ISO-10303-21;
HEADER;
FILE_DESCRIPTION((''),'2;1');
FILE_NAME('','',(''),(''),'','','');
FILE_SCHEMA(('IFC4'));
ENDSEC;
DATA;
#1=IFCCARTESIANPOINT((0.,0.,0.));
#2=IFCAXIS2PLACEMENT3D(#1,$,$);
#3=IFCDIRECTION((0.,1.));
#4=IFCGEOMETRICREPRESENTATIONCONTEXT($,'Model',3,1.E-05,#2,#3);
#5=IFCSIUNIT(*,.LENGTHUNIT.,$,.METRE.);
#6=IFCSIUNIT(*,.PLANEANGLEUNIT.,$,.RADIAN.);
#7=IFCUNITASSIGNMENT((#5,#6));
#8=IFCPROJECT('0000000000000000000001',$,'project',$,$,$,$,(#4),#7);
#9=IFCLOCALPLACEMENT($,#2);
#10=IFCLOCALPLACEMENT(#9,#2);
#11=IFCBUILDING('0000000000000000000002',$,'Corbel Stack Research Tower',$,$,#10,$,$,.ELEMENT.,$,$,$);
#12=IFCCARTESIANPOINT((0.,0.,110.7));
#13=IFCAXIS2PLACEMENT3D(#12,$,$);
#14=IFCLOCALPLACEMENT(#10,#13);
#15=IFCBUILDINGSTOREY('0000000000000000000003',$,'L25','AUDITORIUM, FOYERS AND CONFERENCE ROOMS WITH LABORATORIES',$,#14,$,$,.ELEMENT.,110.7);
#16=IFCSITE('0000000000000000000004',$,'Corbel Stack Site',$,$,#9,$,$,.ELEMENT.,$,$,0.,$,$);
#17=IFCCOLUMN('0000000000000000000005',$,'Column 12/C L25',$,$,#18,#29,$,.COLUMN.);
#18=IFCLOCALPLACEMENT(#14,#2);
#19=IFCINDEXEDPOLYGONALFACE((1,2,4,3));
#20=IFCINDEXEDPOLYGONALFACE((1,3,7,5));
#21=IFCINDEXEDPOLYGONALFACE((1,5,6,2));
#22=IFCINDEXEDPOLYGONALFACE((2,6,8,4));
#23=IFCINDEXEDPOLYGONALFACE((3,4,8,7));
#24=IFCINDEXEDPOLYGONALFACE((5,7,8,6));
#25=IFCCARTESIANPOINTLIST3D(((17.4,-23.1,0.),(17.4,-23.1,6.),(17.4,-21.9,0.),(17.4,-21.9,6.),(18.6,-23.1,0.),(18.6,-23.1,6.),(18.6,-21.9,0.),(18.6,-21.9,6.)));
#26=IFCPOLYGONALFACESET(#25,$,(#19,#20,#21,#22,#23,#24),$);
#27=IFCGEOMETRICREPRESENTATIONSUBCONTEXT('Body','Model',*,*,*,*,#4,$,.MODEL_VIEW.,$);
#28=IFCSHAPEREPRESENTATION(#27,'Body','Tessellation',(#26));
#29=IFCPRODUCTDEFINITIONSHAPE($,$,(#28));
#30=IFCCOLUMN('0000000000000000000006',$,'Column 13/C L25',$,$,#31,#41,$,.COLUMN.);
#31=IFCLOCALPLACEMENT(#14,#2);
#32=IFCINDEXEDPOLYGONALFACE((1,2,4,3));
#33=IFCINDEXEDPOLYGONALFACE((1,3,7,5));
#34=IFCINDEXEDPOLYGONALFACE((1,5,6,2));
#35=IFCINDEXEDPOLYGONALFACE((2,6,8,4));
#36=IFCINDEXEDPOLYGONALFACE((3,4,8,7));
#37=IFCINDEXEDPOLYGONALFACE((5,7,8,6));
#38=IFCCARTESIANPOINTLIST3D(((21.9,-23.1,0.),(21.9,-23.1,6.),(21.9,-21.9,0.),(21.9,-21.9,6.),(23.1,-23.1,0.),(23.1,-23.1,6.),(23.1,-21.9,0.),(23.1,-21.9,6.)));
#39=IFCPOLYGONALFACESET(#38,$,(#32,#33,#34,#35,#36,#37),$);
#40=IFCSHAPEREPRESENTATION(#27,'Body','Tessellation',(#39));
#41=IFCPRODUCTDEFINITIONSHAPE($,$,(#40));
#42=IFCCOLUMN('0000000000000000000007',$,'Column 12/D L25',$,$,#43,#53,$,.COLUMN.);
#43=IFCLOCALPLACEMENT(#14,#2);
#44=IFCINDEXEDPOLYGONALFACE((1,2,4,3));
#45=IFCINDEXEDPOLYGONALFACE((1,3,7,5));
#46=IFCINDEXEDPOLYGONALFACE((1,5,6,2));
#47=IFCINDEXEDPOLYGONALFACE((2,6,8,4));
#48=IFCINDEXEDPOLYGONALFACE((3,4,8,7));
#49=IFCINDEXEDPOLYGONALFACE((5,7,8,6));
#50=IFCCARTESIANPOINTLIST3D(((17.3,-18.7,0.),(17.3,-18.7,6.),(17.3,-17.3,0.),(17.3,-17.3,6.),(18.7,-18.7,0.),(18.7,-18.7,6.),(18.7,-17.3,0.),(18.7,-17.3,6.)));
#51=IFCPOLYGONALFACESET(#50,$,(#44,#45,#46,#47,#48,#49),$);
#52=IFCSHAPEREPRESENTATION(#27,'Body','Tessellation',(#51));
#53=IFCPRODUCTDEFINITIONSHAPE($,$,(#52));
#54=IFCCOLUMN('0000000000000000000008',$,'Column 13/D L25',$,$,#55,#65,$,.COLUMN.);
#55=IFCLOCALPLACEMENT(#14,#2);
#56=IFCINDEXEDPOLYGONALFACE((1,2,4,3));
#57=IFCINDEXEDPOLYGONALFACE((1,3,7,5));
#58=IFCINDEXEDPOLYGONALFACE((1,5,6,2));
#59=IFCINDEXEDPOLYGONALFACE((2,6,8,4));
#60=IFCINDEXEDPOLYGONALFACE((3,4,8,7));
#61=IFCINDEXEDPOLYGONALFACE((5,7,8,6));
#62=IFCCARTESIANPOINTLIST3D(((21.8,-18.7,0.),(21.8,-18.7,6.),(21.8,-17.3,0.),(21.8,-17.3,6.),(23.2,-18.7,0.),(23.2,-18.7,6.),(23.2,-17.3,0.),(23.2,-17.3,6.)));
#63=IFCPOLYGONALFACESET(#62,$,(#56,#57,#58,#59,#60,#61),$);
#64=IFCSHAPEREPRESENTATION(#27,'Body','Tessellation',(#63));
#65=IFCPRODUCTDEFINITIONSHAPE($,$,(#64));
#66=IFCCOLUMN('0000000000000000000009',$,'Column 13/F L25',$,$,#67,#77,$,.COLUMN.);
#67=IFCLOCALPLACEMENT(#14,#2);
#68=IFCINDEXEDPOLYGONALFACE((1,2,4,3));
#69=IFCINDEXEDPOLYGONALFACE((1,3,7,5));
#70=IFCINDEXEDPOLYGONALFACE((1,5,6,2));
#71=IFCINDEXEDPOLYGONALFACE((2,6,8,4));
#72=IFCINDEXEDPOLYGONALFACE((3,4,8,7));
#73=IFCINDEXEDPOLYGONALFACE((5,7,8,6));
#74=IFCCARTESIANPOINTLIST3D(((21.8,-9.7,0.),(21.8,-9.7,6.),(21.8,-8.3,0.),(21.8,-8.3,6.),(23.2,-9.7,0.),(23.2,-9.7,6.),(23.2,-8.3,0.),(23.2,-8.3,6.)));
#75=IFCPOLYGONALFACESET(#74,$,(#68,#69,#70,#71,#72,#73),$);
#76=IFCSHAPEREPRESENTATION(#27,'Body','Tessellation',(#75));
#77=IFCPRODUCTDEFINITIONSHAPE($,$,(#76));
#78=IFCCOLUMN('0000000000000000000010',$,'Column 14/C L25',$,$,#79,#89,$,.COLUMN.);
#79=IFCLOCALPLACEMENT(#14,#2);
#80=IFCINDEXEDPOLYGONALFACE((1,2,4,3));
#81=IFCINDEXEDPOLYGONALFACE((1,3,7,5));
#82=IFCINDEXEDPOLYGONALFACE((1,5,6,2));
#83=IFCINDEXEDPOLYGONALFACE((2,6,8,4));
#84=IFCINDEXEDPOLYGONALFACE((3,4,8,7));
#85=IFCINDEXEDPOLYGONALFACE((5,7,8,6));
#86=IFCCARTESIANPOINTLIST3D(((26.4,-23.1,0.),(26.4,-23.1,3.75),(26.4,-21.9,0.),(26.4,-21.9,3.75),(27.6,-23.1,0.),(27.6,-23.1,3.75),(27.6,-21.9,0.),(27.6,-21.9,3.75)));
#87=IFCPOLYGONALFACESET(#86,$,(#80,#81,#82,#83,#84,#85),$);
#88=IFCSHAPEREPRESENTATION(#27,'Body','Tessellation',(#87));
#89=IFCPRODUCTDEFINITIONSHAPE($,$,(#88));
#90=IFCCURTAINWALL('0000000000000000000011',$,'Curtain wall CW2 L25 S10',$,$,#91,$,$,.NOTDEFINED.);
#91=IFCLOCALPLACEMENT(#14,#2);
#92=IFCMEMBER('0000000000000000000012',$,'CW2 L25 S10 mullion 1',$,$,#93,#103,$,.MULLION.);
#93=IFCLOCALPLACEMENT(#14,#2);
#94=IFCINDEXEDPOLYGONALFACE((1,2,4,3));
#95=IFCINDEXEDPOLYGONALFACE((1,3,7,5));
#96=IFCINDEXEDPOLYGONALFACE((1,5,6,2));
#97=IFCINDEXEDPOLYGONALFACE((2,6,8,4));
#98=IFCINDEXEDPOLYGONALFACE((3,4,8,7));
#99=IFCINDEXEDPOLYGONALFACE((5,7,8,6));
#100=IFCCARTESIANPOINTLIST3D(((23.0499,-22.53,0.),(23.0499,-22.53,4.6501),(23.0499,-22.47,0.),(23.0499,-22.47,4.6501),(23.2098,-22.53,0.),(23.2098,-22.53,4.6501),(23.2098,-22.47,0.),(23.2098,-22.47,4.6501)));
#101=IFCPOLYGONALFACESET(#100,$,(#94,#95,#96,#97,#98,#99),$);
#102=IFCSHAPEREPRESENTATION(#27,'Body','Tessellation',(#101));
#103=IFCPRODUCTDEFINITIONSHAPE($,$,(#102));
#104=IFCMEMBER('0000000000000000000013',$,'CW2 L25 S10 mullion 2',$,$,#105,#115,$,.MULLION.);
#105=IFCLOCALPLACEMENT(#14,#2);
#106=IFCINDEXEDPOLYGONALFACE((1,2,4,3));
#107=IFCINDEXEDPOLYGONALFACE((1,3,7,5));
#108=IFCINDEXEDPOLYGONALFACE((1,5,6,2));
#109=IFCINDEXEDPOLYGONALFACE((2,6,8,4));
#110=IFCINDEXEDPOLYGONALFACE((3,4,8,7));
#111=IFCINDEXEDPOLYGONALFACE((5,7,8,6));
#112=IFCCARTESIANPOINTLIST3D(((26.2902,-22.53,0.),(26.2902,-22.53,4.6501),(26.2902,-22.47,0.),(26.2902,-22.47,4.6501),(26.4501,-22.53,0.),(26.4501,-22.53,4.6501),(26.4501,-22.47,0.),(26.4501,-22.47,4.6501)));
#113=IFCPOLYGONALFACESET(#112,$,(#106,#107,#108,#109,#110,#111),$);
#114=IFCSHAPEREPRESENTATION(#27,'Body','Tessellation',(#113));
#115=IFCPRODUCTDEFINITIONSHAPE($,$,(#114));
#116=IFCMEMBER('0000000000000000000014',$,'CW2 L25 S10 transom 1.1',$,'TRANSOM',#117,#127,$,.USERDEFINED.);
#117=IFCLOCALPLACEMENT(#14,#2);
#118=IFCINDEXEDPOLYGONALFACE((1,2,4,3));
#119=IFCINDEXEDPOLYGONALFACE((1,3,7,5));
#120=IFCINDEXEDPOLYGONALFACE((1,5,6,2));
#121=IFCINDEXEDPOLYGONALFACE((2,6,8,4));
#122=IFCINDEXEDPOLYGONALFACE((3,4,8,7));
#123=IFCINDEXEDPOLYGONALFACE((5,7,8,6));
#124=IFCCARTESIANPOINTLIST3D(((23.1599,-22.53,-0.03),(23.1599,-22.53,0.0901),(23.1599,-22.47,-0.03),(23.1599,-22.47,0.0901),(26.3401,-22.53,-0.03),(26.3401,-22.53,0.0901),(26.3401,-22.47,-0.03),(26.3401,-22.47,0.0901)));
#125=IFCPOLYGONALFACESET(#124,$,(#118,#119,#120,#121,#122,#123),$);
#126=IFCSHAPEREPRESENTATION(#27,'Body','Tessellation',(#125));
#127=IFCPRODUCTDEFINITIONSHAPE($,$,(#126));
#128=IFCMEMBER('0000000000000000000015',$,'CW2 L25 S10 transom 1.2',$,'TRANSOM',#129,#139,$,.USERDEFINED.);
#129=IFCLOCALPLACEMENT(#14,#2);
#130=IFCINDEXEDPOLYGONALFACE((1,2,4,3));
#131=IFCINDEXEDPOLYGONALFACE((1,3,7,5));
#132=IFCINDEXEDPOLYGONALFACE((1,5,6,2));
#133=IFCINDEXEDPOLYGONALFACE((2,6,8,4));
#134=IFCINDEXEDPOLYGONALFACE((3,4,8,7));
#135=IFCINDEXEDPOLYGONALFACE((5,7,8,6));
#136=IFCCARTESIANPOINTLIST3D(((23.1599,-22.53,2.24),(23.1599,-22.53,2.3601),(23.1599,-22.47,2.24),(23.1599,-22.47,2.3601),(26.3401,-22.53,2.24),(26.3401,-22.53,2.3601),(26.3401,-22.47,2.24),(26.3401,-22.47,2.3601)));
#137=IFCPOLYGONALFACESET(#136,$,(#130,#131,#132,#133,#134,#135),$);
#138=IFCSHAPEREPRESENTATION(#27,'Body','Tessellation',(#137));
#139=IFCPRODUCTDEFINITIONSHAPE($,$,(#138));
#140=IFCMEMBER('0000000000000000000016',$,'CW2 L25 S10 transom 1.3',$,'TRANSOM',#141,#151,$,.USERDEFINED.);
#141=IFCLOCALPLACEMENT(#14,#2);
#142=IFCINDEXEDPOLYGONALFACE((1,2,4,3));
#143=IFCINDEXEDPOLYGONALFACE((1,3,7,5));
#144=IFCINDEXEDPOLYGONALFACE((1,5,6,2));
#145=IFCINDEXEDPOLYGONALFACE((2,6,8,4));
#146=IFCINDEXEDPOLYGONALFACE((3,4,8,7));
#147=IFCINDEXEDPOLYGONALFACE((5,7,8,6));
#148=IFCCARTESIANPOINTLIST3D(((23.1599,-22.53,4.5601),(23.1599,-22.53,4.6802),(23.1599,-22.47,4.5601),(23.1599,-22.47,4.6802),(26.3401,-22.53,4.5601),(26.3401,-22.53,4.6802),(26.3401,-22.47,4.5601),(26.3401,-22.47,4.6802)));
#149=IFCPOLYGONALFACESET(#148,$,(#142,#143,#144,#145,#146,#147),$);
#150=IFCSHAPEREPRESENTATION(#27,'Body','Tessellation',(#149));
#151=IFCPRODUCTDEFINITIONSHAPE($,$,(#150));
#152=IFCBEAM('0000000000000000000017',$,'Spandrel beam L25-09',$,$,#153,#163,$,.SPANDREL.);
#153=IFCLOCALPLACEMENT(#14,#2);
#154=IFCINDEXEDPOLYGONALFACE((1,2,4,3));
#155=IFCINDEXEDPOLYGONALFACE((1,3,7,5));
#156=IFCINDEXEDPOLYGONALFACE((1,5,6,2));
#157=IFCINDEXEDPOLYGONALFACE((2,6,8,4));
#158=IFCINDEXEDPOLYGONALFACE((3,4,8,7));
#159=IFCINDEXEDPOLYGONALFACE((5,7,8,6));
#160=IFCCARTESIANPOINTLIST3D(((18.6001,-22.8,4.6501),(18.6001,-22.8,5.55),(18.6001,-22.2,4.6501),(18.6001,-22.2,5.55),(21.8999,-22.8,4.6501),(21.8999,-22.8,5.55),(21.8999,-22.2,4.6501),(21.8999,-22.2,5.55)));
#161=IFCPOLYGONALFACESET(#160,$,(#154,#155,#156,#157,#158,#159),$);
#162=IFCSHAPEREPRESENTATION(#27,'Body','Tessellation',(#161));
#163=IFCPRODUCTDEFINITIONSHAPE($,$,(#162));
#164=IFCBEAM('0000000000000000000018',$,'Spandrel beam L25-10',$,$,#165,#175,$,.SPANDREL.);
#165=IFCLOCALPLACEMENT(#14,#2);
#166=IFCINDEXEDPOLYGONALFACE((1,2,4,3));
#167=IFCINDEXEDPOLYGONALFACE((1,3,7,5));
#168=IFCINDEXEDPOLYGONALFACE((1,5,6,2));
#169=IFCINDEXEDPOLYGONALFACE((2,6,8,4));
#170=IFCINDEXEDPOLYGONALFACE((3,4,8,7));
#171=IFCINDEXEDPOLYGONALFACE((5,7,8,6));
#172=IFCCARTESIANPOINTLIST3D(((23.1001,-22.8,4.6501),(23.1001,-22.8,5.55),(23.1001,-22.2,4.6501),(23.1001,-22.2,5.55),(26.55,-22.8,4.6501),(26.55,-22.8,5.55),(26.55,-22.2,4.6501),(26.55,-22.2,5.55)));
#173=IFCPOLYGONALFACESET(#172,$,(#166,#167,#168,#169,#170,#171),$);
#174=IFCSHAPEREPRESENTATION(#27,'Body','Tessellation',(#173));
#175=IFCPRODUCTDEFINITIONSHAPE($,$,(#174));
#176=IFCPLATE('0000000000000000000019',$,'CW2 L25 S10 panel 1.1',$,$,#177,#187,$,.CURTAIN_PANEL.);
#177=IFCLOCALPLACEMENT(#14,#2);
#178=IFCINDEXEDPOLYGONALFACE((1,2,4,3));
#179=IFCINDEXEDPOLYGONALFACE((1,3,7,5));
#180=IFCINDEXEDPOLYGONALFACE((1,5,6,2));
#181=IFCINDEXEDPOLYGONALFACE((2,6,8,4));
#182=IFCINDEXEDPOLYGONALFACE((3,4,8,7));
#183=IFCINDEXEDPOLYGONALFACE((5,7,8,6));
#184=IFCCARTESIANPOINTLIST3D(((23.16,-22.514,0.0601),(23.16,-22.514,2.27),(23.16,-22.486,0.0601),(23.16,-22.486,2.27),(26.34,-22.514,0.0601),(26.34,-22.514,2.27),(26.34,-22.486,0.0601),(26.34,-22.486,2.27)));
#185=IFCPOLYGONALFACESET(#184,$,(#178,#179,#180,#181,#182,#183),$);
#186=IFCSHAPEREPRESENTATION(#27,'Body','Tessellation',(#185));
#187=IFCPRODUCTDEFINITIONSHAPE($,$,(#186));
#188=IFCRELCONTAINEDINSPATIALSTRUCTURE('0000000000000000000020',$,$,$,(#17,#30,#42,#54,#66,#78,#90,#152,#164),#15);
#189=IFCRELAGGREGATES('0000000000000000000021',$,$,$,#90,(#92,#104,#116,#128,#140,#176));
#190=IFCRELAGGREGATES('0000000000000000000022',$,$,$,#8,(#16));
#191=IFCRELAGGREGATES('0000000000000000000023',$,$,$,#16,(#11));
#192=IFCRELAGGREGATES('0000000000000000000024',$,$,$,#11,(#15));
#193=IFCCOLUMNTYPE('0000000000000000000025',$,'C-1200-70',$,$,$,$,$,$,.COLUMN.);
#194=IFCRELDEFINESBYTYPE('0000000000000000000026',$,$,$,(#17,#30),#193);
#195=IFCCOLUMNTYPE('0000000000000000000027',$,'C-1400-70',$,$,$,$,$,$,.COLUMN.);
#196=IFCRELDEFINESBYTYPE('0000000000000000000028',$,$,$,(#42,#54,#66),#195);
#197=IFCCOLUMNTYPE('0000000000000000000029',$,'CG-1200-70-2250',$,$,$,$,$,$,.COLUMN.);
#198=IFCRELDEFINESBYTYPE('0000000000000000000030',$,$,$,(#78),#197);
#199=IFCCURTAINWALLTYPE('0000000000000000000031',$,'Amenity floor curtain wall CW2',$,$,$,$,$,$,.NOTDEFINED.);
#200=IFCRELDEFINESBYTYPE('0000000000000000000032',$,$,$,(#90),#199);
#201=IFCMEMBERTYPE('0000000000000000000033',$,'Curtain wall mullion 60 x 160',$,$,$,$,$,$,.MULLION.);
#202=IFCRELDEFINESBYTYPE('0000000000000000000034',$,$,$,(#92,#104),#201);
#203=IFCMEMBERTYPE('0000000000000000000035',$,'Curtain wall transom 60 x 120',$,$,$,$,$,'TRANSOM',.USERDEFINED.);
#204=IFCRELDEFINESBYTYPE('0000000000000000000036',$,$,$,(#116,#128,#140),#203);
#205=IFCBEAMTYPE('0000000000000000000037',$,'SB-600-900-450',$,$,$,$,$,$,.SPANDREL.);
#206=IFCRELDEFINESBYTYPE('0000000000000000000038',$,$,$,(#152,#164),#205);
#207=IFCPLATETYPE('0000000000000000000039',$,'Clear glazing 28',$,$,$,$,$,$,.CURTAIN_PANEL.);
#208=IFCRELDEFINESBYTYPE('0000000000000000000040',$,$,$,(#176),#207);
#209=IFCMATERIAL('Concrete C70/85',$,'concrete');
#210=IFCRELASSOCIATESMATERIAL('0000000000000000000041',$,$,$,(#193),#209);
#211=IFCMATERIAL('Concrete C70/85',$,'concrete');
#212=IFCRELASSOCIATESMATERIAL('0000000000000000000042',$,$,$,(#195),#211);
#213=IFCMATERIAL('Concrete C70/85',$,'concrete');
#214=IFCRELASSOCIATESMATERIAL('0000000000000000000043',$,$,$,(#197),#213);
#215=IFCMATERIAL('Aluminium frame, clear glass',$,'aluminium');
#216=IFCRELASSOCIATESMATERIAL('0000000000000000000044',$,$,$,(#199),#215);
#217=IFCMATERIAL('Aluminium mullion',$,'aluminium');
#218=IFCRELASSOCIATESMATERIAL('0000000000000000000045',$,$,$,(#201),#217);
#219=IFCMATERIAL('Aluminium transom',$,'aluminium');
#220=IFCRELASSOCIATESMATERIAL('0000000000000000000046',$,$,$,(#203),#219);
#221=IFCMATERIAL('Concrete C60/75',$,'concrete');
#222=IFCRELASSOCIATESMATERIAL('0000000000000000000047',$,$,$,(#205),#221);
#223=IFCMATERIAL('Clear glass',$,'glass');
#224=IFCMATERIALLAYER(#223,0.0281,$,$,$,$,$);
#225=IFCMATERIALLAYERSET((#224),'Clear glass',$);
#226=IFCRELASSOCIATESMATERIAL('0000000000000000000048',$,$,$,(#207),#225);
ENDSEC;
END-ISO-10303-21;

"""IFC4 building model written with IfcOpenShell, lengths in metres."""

from ifc_helpers import new_model, si_unit, direction, frame, origin, origin_2d, place, context, subcontext, project, spatial, rectangle, extrude, material, layer, layer_set, material_profile, profile_set, type_object, element, aggregate, save


model = new_model("IFC4")

# Units and contexts
model_context = context("Model", 3, precision=1e-05, world=origin(), true_north=direction((0.0, 1.0)))
body_context = subcontext(model_context, "Body", "Model", "MODEL_VIEW")
ifc_project = project(units=[si_unit("LENGTHUNIT", "METRE"), si_unit("PLANEANGLEUNIT", "RADIAN")], contexts=[model_context])

# Site, building, storey
site_placement = place(None, origin())
site = spatial("IfcSite", under=ifc_project, at=site_placement, Name="Corbel Stack Site", CompositionType="ELEMENT", RefElevation=0.0)
building_placement = place(site_placement, origin())
building = spatial("IfcBuilding", under=site, at=building_placement, Name="Corbel Stack Research Tower", CompositionType="ELEMENT")
storey_placement = place(building_placement, frame((0.0, 0.0, 110.7)))
storey = spatial("IfcBuildingStorey", under=building, at=storey_placement, Name="L25", Description="AUDITORIUM, FOYERS AND CONFERENCE ROOMS WITH LABORATORIES", CompositionType="ELEMENT", Elevation=110.7)

# Columns
ifc_material_1 = material(Name="Concrete C70/85", Category="concrete")
ifc_material_profile_1 = material_profile(ifc_material_1, rectangle(XDim=1.2, YDim=1.2, at=origin_2d()), Name="RC 1200 x 1200")
ifc_profile_set_1 = profile_set([ifc_material_profile_1], Name="Concrete C70/85")
column_type_1 = type_object("IfcColumnType", Name="C-1200-70", PredefinedType="COLUMN", material=ifc_profile_set_1)
for number, where, z_axis, x_axis, name in (
    (1, (18.0, -22.5, 0.0), (0.0, 0.0, 1.0), (1.0, 0.0, 0.0), "Column 12/C L25"),
    (2, (22.5, -22.5, 0.0), (0.0, 0.0, 1.0), (1.0, 0.0, 0.0), "Column 13/C L25"),
):
    element("IfcColumn", number, at=place(storey_placement, frame(where, z_axis=z_axis, x_axis=x_axis)), inside=storey, type_object=column_type_1, Name=name, PredefinedType="COLUMN", context=body_context, shape_type="SweptSolid", body=[
        extrude(rectangle(XDim=1.2, YDim=1.2, at=origin_2d()), origin(), (0.0, 0.0, 1.0), 6.0),
    ])
ifc_material_2 = material(Name="Concrete C70/85", Category="concrete")
ifc_material_profile_2 = material_profile(ifc_material_2, rectangle(XDim=1.3999, YDim=1.3999, at=origin_2d()), Name="RC 1400 x 1400")
ifc_profile_set_2 = profile_set([ifc_material_profile_2], Name="Concrete C70/85")
column_type_2 = type_object("IfcColumnType", Name="C-1400-70", PredefinedType="COLUMN", material=ifc_profile_set_2)
for number, where, z_axis, x_axis, name in (
    (3, (18.0, -18.0, 0.0), (0.0, 0.0, 1.0), (1.0, 0.0, 0.0), "Column 12/D L25"),
    (4, (22.5, -18.0, 0.0), (0.0, 0.0, 1.0), (1.0, 0.0, 0.0), "Column 13/D L25"),
    (5, (22.5, -9.0, 0.0), (0.0, 0.0, 1.0), (1.0, 0.0, 0.0), "Column 13/F L25"),
):
    element("IfcColumn", number, at=place(storey_placement, frame(where, z_axis=z_axis, x_axis=x_axis)), inside=storey, type_object=column_type_2, Name=name, PredefinedType="COLUMN", context=body_context, shape_type="SweptSolid", body=[
        extrude(rectangle(XDim=1.3999, YDim=1.3999, at=origin_2d()), origin(), (0.0, 0.0, 1.0), 6.0),
    ])
ifc_material_3 = material(Name="Concrete C70/85", Category="concrete")
ifc_material_profile_3 = material_profile(ifc_material_3, rectangle(XDim=1.2, YDim=1.2, at=origin_2d()), Name="RC 1200 x 1200")
ifc_profile_set_3 = profile_set([ifc_material_profile_3], Name="Concrete C70/85")
column_type_3 = type_object("IfcColumnType", Name="CG-1200-70-2250", PredefinedType="COLUMN", material=ifc_profile_set_3)
column_placement = place(storey_placement, frame((27.0, -22.5, 0.0), z_axis=(0.0, 0.0, 1.0), x_axis=(1.0, 0.0, 0.0)))
element("IfcColumn", 6, at=column_placement, inside=storey, type_object=column_type_3, Name="Column 14/C L25", PredefinedType="COLUMN", context=body_context, shape_type="SweptSolid", body=[
    extrude(rectangle(XDim=1.2, YDim=1.2, at=origin_2d()), origin(), (0.0, 0.0, 1.0), 3.75),
])

# Curtain wall, members
ifc_material_4 = material(Name="Aluminium frame, clear glass", Category="aluminium")
curtain_wall_type = type_object("IfcCurtainWallType", Name="Amenity floor curtain wall CW2", PredefinedType="NOTDEFINED", material=ifc_material_4)
curtain_wall_placement = place(storey_placement, origin())
curtain_wall = element("IfcCurtainWall", 7, at=curtain_wall_placement, inside=storey, type_object=curtain_wall_type, Name="Curtain wall CW2 L25 S10", PredefinedType="NOTDEFINED")
ifc_material_5 = material(Name="Aluminium mullion", Category="aluminium")
ifc_material_profile_4 = material_profile(ifc_material_5, rectangle(XDim=0.0601, YDim=0.1599, at=origin_2d()), Name="Mullion 60 x 160")
ifc_profile_set_4 = profile_set([ifc_material_profile_4], Name="Aluminium mullion")
member_type_1 = type_object("IfcMemberType", Name="Curtain wall mullion 60 x 160", PredefinedType="MULLION", material=ifc_profile_set_4)
member_1_placement = place(storey_placement, frame((23.1299, -22.5, 0.0), z_axis=(0.0, 0.0, 1.0), x_axis=(0.0, 1.0, 0.0)))
member_1 = element("IfcMember", 8, at=member_1_placement, type_object=member_type_1, Name="CW2 L25 S10 mullion 1", PredefinedType="MULLION", context=body_context, shape_type="SweptSolid", body=[
    extrude(rectangle(XDim=0.0601, YDim=0.1599, at=origin_2d()), origin(), (0.0, 0.0, 1.0), 4.6501),
])
member_2_placement = place(storey_placement, frame((26.3701, -22.5, 0.0), z_axis=(0.0, 0.0, 1.0), x_axis=(0.0, 1.0, 0.0)))
member_2 = element("IfcMember", 9, at=member_2_placement, type_object=member_type_1, Name="CW2 L25 S10 mullion 2", PredefinedType="MULLION", context=body_context, shape_type="SweptSolid", body=[
    extrude(rectangle(XDim=0.0601, YDim=0.1599, at=origin_2d()), origin(), (0.0, 0.0, 1.0), 4.6501),
])
ifc_material_6 = material(Name="Aluminium transom", Category="aluminium")
ifc_material_profile_5 = material_profile(ifc_material_6, rectangle(XDim=0.0601, YDim=0.1201, at=origin_2d()), Name="Transom 60 x 120")
ifc_profile_set_5 = profile_set([ifc_material_profile_5], Name="Aluminium transom")
member_type_2 = type_object("IfcMemberType", Name="Curtain wall transom 60 x 120", ElementType="TRANSOM", PredefinedType="USERDEFINED", material=ifc_profile_set_5)
member_3_placement = place(storey_placement, frame((23.1599, -22.5, 0.03), z_axis=(1.0, 0.0, 0.0), x_axis=(0.0, 1.0, 0.0)))
member_3 = element("IfcMember", 10, at=member_3_placement, type_object=member_type_2, Name="CW2 L25 S10 transom 1.1", ObjectType="TRANSOM", PredefinedType="USERDEFINED", context=body_context, shape_type="SweptSolid", body=[
    extrude(rectangle(XDim=0.0601, YDim=0.1201, at=origin_2d()), origin(), (0.0, 0.0, 1.0), 3.1802),
])
member_4_placement = place(storey_placement, frame((23.1599, -22.5, 2.3), z_axis=(1.0, 0.0, 0.0), x_axis=(0.0, 1.0, 0.0)))
member_4 = element("IfcMember", 11, at=member_4_placement, type_object=member_type_2, Name="CW2 L25 S10 transom 1.2", ObjectType="TRANSOM", PredefinedType="USERDEFINED", context=body_context, shape_type="SweptSolid", body=[
    extrude(rectangle(XDim=0.0601, YDim=0.1201, at=origin_2d()), origin(), (0.0, 0.0, 1.0), 3.1802),
])
member_5_placement = place(storey_placement, frame((23.1599, -22.5, 4.6201), z_axis=(1.0, 0.0, 0.0), x_axis=(0.0, 1.0, 0.0)))
member_5 = element("IfcMember", 12, at=member_5_placement, type_object=member_type_2, Name="CW2 L25 S10 transom 1.3", ObjectType="TRANSOM", PredefinedType="USERDEFINED", context=body_context, shape_type="SweptSolid", body=[
    extrude(rectangle(XDim=0.0601, YDim=0.1201, at=origin_2d()), origin(), (0.0, 0.0, 1.0), 3.1802),
])

# Beams
ifc_material_7 = material(Name="Concrete C60/75", Category="concrete")
ifc_material_profile_6 = material_profile(ifc_material_7, rectangle(XDim=0.6001, YDim=0.8999, at=origin_2d()), Name="RC 600 x 900")
ifc_profile_set_6 = profile_set([ifc_material_profile_6], Name="Concrete C60/75")
beam_type = type_object("IfcBeamType", Name="SB-600-900-450", PredefinedType="SPANDREL", material=ifc_profile_set_6)
beam_1_placement = place(storey_placement, frame((18.6001, -22.5, 5.1001), z_axis=(1.0, 0.0, 0.0), x_axis=(0.0, 1.0, 0.0)))
element("IfcBeam", 13, at=beam_1_placement, inside=storey, type_object=beam_type, Name="Spandrel beam L25-09", PredefinedType="SPANDREL", context=body_context, shape_type="SweptSolid", body=[
    extrude(rectangle(XDim=0.6001, YDim=0.8999, at=origin_2d()), origin(), (0.0, 0.0, 1.0), 3.2998),
])
beam_2_placement = place(storey_placement, frame((23.1001, -22.5, 5.1001), z_axis=(1.0, 0.0, 0.0), x_axis=(0.0, 1.0, 0.0)))
element("IfcBeam", 14, at=beam_2_placement, inside=storey, type_object=beam_type, Name="Spandrel beam L25-10", PredefinedType="SPANDREL", context=body_context, shape_type="SweptSolid", body=[
    extrude(rectangle(XDim=0.6001, YDim=0.8999, at=origin_2d()), origin(), (0.0, 0.0, 1.0), 3.45),
])

# Plate
ifc_material_8 = material(Name="Clear glass", Category="glass")
ifc_layer_1 = layer(ifc_material_8, 0.0281)
ifc_layer_set_1 = layer_set([ifc_layer_1], Name="Clear glass")
plate_type = type_object("IfcPlateType", Name="Clear glazing 28", PredefinedType="CURTAIN_PANEL", material=ifc_layer_set_1)
plate_1_placement = place(storey_placement, frame((24.75, -22.5, 0.0601), z_axis=(0.0, 0.0, 1.0), x_axis=(1.0, 0.0, 0.0)))
plate_1 = element("IfcPlate", 15, at=plate_1_placement, type_object=plate_type, Name="CW2 L25 S10 panel 1.1", PredefinedType="CURTAIN_PANEL", context=body_context, shape_type="SweptSolid", body=[
    extrude(rectangle(XDim=3.1799, YDim=0.0281, at=origin_2d()), origin(), (0.0, 0.0, 1.0), 2.21),
])
aggregate(curtain_wall, [member_1, member_2, member_3, member_4, member_5, plate_1])

save(model, "model.ifc")
